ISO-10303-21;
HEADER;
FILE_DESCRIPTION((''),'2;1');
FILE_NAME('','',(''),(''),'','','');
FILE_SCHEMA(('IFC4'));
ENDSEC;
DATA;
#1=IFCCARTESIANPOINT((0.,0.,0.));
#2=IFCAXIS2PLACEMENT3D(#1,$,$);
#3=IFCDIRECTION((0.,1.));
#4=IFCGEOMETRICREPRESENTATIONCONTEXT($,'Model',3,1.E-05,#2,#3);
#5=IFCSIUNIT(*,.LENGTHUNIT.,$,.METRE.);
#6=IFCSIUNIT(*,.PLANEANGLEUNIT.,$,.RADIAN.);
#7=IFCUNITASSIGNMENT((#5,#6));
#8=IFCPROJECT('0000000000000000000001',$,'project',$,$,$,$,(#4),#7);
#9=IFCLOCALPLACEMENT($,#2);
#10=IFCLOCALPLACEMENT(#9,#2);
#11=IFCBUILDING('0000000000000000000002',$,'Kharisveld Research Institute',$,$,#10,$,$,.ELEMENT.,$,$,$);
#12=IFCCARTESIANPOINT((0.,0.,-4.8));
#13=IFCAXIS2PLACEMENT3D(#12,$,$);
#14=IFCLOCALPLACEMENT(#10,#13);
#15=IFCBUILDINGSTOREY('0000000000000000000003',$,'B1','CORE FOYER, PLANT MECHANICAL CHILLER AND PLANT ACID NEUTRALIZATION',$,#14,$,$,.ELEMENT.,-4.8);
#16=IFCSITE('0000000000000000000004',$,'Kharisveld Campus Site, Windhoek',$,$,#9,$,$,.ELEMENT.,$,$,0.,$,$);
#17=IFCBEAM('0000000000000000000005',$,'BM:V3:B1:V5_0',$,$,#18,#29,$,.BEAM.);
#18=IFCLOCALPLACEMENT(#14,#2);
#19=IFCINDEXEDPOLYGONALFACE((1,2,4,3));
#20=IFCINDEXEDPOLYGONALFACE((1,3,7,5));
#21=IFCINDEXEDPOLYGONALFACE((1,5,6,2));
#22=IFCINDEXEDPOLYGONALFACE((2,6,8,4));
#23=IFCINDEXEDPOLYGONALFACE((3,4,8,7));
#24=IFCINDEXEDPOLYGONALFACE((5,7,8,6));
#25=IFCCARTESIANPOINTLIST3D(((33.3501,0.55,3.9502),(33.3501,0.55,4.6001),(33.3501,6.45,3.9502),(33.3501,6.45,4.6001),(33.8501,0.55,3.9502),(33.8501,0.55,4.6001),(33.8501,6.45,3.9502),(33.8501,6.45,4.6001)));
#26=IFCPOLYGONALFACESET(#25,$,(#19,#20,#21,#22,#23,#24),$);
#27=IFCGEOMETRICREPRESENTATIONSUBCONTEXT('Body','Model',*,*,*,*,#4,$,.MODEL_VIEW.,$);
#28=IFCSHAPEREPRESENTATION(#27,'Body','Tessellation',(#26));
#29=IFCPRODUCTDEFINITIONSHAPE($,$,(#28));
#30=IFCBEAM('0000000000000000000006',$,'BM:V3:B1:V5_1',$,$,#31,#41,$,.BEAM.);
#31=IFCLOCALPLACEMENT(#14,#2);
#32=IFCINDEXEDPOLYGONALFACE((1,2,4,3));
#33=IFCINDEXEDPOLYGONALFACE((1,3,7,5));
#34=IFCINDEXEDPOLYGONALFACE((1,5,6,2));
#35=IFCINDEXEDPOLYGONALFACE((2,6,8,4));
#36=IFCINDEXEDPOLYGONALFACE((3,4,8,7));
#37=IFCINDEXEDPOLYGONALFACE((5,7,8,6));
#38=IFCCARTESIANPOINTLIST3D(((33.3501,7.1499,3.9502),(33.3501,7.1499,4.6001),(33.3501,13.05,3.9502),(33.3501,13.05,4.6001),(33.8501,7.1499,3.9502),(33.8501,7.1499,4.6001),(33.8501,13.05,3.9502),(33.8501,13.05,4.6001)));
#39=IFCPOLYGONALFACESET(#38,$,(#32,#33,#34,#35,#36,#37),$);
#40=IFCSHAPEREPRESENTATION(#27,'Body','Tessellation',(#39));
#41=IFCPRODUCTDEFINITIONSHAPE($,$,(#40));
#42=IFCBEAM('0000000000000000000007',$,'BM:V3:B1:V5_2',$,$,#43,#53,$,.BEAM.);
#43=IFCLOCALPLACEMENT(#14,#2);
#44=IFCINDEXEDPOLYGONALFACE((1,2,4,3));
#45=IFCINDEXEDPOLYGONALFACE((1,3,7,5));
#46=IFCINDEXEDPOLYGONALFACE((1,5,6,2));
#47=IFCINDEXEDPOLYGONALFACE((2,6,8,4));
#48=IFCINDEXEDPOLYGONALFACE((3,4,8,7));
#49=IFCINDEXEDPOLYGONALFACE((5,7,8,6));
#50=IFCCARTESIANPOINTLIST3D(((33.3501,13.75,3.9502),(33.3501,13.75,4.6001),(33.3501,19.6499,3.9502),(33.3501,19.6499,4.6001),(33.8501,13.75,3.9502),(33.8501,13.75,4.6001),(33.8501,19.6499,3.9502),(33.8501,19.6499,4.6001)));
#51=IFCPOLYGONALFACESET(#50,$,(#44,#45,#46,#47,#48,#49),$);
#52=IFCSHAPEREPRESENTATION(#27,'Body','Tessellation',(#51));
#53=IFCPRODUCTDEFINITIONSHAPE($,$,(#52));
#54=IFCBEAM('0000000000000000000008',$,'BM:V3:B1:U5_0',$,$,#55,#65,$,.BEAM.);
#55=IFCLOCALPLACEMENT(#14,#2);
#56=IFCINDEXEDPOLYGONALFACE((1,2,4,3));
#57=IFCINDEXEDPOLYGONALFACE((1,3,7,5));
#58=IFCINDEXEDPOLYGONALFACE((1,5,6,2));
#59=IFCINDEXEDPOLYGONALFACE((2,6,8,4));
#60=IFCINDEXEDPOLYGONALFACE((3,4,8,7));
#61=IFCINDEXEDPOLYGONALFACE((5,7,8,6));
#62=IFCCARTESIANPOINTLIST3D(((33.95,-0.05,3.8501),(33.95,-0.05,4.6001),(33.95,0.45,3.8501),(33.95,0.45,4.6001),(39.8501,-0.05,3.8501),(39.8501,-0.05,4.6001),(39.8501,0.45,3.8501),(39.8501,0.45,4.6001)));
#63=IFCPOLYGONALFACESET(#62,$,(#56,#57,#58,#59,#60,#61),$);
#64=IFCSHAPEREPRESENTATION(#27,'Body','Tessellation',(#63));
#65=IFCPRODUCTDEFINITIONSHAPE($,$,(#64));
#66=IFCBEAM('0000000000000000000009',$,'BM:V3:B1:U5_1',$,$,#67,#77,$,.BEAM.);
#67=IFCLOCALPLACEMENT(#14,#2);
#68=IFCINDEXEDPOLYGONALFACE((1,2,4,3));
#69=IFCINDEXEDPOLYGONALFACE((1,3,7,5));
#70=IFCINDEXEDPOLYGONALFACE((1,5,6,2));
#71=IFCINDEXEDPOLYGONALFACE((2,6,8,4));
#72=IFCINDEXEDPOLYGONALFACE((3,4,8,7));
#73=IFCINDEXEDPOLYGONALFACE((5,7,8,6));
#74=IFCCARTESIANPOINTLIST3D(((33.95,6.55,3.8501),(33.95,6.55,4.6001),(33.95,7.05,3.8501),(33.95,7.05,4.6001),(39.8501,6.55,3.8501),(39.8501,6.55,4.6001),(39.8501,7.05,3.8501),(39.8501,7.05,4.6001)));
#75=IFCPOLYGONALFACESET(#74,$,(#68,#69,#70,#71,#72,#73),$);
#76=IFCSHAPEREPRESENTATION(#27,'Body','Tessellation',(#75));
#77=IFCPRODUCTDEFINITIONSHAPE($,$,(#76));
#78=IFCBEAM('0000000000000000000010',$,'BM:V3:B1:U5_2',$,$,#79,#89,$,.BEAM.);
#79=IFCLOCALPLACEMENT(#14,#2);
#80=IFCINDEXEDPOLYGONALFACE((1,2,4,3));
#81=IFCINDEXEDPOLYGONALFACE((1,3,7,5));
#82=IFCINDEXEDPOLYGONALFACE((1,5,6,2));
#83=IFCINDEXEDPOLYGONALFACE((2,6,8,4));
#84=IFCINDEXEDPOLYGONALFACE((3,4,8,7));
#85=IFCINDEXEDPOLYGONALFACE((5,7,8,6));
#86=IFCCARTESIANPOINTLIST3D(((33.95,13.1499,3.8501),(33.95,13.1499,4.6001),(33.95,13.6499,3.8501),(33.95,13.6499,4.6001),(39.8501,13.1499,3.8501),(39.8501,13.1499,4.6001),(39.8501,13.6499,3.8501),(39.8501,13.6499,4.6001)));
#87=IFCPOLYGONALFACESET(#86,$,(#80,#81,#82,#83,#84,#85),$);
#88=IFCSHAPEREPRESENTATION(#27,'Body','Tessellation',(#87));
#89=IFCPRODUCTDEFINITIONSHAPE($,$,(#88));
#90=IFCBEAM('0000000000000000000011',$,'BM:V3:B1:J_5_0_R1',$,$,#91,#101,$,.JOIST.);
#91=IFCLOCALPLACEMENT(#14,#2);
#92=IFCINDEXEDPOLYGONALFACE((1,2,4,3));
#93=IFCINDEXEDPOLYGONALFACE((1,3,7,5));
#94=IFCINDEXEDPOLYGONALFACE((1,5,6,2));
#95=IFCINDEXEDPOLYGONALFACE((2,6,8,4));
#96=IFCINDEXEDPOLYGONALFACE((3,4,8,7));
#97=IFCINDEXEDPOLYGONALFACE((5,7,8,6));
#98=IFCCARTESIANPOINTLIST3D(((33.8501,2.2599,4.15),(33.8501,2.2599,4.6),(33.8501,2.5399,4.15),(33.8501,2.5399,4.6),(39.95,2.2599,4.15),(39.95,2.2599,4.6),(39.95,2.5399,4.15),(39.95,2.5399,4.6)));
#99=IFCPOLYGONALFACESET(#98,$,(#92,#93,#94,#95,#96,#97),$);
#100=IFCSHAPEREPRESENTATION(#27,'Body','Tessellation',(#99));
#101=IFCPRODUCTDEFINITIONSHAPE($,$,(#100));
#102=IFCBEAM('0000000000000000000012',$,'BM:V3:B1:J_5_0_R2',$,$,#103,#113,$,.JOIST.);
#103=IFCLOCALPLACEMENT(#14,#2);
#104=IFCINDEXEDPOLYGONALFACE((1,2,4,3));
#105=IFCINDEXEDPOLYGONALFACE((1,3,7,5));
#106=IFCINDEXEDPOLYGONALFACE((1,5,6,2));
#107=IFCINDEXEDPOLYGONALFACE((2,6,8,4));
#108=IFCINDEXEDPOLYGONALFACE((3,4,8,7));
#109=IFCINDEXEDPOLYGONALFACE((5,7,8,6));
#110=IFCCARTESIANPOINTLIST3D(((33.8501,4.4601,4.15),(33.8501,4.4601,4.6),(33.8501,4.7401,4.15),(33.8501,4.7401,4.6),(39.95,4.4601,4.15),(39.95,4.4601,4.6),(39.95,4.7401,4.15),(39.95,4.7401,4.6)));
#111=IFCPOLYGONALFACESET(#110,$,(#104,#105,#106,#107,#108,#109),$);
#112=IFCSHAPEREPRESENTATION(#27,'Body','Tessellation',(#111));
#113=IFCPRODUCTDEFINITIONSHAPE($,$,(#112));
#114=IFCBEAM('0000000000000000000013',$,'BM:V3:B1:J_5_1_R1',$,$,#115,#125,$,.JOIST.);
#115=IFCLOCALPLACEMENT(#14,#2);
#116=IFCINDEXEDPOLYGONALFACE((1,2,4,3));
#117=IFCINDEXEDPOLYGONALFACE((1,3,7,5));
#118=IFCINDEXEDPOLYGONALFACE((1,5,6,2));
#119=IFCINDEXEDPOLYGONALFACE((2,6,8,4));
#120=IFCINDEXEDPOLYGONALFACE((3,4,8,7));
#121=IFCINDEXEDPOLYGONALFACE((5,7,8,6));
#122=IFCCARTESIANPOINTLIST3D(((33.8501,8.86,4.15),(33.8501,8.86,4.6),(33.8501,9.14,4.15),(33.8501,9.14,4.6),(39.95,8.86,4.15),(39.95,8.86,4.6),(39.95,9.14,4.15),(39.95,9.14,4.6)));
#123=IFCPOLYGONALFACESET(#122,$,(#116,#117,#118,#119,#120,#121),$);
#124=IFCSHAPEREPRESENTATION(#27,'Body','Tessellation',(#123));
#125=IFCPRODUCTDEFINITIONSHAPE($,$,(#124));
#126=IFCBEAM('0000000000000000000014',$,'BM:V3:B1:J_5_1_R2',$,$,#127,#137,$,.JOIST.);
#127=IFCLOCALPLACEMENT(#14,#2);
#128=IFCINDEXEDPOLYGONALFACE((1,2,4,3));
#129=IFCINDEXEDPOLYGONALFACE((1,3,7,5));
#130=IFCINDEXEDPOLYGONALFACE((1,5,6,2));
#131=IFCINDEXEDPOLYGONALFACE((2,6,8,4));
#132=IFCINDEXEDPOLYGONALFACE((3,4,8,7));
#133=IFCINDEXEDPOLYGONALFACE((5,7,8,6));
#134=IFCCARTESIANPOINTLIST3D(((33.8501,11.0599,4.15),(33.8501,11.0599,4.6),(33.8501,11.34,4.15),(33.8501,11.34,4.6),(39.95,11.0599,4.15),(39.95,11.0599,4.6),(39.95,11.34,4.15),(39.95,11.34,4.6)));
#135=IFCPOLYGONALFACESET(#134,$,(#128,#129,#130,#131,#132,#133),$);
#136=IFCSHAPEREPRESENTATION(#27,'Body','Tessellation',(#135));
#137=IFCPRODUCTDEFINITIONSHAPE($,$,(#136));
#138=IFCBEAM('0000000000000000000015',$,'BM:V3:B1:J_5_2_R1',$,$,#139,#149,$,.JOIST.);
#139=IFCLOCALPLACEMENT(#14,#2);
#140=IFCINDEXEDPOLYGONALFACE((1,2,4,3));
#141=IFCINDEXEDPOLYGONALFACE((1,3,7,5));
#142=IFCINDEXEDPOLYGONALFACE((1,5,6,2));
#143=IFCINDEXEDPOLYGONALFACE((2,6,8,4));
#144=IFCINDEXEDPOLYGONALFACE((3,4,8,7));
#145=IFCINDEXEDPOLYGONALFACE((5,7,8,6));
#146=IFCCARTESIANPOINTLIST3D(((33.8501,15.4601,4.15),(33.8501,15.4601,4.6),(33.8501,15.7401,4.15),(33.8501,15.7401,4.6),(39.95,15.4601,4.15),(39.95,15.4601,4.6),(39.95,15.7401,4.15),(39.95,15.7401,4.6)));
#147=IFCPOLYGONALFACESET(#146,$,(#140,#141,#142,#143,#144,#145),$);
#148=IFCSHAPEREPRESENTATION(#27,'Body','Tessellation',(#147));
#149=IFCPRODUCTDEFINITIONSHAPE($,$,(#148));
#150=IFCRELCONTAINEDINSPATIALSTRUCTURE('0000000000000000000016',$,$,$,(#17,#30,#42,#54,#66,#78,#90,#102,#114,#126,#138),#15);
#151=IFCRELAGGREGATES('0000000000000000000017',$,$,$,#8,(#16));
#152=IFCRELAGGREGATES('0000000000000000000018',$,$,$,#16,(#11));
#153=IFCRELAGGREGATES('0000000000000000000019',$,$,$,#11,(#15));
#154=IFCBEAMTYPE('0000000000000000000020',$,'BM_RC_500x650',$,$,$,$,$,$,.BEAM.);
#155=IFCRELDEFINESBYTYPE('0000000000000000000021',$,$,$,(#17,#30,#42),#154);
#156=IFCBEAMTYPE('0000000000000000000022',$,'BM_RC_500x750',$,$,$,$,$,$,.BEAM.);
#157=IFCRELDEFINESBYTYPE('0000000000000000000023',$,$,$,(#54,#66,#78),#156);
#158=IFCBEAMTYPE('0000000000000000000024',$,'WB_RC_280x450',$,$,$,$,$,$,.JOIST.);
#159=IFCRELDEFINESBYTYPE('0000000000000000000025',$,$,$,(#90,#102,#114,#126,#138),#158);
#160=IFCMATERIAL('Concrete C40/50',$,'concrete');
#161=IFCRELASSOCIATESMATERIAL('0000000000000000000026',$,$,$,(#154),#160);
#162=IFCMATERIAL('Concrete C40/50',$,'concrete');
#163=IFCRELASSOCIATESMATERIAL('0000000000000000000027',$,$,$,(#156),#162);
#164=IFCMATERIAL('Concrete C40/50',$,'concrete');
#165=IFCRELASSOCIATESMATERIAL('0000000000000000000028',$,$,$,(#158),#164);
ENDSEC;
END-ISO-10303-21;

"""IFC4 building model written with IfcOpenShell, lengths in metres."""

from ifc_helpers import new_model, si_unit, direction, frame, origin, origin_2d, place, context, subcontext, project, spatial, rectangle, extrude, material, material_profile, profile_set, type_object, element, save


model = new_model("IFC4")

# Units and contexts
model_context = context("Model", 3, precision=1e-05, world=origin(), true_north=direction((0.0, 1.0)))
body_context = subcontext(model_context, "Body", "Model", "MODEL_VIEW")
ifc_project = project(units=[si_unit("LENGTHUNIT", "METRE"), si_unit("PLANEANGLEUNIT", "RADIAN")], contexts=[model_context])

# Site, building, storey
site_placement = place(None, origin())
site = spatial("IfcSite", under=ifc_project, at=site_placement, Name="Kharisveld Campus Site, Windhoek", CompositionType="ELEMENT", RefElevation=0.0)
building_placement = place(site_placement, origin())
building = spatial("IfcBuilding", under=site, at=building_placement, Name="Kharisveld Research Institute", CompositionType="ELEMENT")
storey_placement = place(building_placement, frame((0.0, 0.0, -4.8)))
storey = spatial("IfcBuildingStorey", under=building, at=storey_placement, Name="B1", Description="CORE FOYER, PLANT MECHANICAL CHILLER AND PLANT ACID NEUTRALIZATION", CompositionType="ELEMENT", Elevation=-4.8)

# Beams
ifc_material_1 = material(Name="Concrete C40/50", Category="concrete")
ifc_material_profile_1 = material_profile(ifc_material_1, rectangle(XDim=0.5, YDim=0.6499, at=origin_2d()))
ifc_profile_set_1 = profile_set([ifc_material_profile_1], Name="Concrete C40/50")
beam_type_1 = type_object("IfcBeamType", Name="BM_RC_500x650", PredefinedType="BEAM", material=ifc_profile_set_1)
beam_1_placement = place(storey_placement, frame((33.6001, 0.55, 4.2751), z_axis=(0.0, 1.0, 0.0), x_axis=(-1.0, 0.0, 0.0)))
element("IfcBeam", 1, at=beam_1_placement, inside=storey, type_object=beam_type_1, Name="BM:V3:B1:V5_0", PredefinedType="BEAM", context=body_context, shape_type="SweptSolid", body=[
    extrude(rectangle(XDim=0.5, YDim=0.6499, at=origin_2d()), origin(), (0.0, 0.0, 1.0), 5.8999),
])
beam_2_placement = place(storey_placement, frame((33.6001, 7.1499, 4.2751), z_axis=(0.0, 1.0, 0.0), x_axis=(-1.0, 0.0, 0.0)))
element("IfcBeam", 2, at=beam_2_placement, inside=storey, type_object=beam_type_1, Name="BM:V3:B1:V5_1", PredefinedType="BEAM", context=body_context, shape_type="SweptSolid", body=[
    extrude(rectangle(XDim=0.5, YDim=0.6499, at=origin_2d()), origin(), (0.0, 0.0, 1.0), 5.9001),
])
beam_3_placement = place(storey_placement, frame((33.6001, 13.75, 4.2751), z_axis=(0.0, 1.0, 0.0), x_axis=(-1.0, 0.0, 0.0)))
element("IfcBeam", 3, at=beam_3_placement, inside=storey, type_object=beam_type_1, Name="BM:V3:B1:V5_2", PredefinedType="BEAM", context=body_context, shape_type="SweptSolid", body=[
    extrude(rectangle(XDim=0.5, YDim=0.6499, at=origin_2d()), origin(), (0.0, 0.0, 1.0), 5.8999),
])
ifc_material_2 = material(Name="Concrete C40/50", Category="concrete")
ifc_material_profile_2 = material_profile(ifc_material_2, rectangle(XDim=0.5, YDim=0.75, at=origin_2d()))
ifc_profile_set_2 = profile_set([ifc_material_profile_2], Name="Concrete C40/50")
beam_type_2 = type_object("IfcBeamType", Name="BM_RC_500x750", PredefinedType="BEAM", material=ifc_profile_set_2)
for number, where, z_axis, x_axis, name in (
    (4, (33.95, 0.2, 4.2251), (1.0, 0.0, 0.0), (0.0, 1.0, 0.0), "BM:V3:B1:U5_0"),
    (5, (33.95, 6.8, 4.2251), (1.0, 0.0, 0.0), (0.0, 1.0, 0.0), "BM:V3:B1:U5_1"),
    (6, (33.95, 13.3999, 4.2251), (1.0, 0.0, 0.0), (0.0, 1.0, 0.0), "BM:V3:B1:U5_2"),
):
    element("IfcBeam", number, at=place(storey_placement, frame(where, z_axis=z_axis, x_axis=x_axis)), inside=storey, type_object=beam_type_2, Name=name, PredefinedType="BEAM", context=body_context, shape_type="SweptSolid", body=[
        extrude(rectangle(XDim=0.5, YDim=0.75, at=origin_2d()), origin(), (0.0, 0.0, 1.0), 5.9001),
    ])
ifc_material_3 = material(Name="Concrete C40/50", Category="concrete")
ifc_material_profile_3 = material_profile(ifc_material_3, rectangle(XDim=0.28, YDim=0.45, at=origin_2d()))
ifc_profile_set_3 = profile_set([ifc_material_profile_3], Name="Concrete C40/50")
beam_type_3 = type_object("IfcBeamType", Name="WB_RC_280x450", PredefinedType="JOIST", material=ifc_profile_set_3)
for number, where, z_axis, x_axis, name in (
    (7, (33.8501, 2.3999, 4.375), (1.0, 0.0, 0.0), (0.0, 1.0, 0.0), "BM:V3:B1:J_5_0_R1"),
    (8, (33.8501, 4.6001, 4.375), (1.0, 0.0, 0.0), (0.0, 1.0, 0.0), "BM:V3:B1:J_5_0_R2"),
    (9, (33.8501, 9.0, 4.375), (1.0, 0.0, 0.0), (0.0, 1.0, 0.0), "BM:V3:B1:J_5_1_R1"),
    (10, (33.8501, 11.2, 4.375), (1.0, 0.0, 0.0), (0.0, 1.0, 0.0), "BM:V3:B1:J_5_1_R2"),
    (11, (33.8501, 15.6001, 4.375), (1.0, 0.0, 0.0), (0.0, 1.0, 0.0), "BM:V3:B1:J_5_2_R1"),
):
    element("IfcBeam", number, at=place(storey_placement, frame(where, z_axis=z_axis, x_axis=x_axis)), inside=storey, type_object=beam_type_3, Name=name, PredefinedType="JOIST", context=body_context, shape_type="SweptSolid", body=[
        extrude(rectangle(XDim=0.28, YDim=0.45, at=origin_2d()), origin(), (0.0, 0.0, 1.0), 6.0999),
    ])

save(model, "model.ifc")
